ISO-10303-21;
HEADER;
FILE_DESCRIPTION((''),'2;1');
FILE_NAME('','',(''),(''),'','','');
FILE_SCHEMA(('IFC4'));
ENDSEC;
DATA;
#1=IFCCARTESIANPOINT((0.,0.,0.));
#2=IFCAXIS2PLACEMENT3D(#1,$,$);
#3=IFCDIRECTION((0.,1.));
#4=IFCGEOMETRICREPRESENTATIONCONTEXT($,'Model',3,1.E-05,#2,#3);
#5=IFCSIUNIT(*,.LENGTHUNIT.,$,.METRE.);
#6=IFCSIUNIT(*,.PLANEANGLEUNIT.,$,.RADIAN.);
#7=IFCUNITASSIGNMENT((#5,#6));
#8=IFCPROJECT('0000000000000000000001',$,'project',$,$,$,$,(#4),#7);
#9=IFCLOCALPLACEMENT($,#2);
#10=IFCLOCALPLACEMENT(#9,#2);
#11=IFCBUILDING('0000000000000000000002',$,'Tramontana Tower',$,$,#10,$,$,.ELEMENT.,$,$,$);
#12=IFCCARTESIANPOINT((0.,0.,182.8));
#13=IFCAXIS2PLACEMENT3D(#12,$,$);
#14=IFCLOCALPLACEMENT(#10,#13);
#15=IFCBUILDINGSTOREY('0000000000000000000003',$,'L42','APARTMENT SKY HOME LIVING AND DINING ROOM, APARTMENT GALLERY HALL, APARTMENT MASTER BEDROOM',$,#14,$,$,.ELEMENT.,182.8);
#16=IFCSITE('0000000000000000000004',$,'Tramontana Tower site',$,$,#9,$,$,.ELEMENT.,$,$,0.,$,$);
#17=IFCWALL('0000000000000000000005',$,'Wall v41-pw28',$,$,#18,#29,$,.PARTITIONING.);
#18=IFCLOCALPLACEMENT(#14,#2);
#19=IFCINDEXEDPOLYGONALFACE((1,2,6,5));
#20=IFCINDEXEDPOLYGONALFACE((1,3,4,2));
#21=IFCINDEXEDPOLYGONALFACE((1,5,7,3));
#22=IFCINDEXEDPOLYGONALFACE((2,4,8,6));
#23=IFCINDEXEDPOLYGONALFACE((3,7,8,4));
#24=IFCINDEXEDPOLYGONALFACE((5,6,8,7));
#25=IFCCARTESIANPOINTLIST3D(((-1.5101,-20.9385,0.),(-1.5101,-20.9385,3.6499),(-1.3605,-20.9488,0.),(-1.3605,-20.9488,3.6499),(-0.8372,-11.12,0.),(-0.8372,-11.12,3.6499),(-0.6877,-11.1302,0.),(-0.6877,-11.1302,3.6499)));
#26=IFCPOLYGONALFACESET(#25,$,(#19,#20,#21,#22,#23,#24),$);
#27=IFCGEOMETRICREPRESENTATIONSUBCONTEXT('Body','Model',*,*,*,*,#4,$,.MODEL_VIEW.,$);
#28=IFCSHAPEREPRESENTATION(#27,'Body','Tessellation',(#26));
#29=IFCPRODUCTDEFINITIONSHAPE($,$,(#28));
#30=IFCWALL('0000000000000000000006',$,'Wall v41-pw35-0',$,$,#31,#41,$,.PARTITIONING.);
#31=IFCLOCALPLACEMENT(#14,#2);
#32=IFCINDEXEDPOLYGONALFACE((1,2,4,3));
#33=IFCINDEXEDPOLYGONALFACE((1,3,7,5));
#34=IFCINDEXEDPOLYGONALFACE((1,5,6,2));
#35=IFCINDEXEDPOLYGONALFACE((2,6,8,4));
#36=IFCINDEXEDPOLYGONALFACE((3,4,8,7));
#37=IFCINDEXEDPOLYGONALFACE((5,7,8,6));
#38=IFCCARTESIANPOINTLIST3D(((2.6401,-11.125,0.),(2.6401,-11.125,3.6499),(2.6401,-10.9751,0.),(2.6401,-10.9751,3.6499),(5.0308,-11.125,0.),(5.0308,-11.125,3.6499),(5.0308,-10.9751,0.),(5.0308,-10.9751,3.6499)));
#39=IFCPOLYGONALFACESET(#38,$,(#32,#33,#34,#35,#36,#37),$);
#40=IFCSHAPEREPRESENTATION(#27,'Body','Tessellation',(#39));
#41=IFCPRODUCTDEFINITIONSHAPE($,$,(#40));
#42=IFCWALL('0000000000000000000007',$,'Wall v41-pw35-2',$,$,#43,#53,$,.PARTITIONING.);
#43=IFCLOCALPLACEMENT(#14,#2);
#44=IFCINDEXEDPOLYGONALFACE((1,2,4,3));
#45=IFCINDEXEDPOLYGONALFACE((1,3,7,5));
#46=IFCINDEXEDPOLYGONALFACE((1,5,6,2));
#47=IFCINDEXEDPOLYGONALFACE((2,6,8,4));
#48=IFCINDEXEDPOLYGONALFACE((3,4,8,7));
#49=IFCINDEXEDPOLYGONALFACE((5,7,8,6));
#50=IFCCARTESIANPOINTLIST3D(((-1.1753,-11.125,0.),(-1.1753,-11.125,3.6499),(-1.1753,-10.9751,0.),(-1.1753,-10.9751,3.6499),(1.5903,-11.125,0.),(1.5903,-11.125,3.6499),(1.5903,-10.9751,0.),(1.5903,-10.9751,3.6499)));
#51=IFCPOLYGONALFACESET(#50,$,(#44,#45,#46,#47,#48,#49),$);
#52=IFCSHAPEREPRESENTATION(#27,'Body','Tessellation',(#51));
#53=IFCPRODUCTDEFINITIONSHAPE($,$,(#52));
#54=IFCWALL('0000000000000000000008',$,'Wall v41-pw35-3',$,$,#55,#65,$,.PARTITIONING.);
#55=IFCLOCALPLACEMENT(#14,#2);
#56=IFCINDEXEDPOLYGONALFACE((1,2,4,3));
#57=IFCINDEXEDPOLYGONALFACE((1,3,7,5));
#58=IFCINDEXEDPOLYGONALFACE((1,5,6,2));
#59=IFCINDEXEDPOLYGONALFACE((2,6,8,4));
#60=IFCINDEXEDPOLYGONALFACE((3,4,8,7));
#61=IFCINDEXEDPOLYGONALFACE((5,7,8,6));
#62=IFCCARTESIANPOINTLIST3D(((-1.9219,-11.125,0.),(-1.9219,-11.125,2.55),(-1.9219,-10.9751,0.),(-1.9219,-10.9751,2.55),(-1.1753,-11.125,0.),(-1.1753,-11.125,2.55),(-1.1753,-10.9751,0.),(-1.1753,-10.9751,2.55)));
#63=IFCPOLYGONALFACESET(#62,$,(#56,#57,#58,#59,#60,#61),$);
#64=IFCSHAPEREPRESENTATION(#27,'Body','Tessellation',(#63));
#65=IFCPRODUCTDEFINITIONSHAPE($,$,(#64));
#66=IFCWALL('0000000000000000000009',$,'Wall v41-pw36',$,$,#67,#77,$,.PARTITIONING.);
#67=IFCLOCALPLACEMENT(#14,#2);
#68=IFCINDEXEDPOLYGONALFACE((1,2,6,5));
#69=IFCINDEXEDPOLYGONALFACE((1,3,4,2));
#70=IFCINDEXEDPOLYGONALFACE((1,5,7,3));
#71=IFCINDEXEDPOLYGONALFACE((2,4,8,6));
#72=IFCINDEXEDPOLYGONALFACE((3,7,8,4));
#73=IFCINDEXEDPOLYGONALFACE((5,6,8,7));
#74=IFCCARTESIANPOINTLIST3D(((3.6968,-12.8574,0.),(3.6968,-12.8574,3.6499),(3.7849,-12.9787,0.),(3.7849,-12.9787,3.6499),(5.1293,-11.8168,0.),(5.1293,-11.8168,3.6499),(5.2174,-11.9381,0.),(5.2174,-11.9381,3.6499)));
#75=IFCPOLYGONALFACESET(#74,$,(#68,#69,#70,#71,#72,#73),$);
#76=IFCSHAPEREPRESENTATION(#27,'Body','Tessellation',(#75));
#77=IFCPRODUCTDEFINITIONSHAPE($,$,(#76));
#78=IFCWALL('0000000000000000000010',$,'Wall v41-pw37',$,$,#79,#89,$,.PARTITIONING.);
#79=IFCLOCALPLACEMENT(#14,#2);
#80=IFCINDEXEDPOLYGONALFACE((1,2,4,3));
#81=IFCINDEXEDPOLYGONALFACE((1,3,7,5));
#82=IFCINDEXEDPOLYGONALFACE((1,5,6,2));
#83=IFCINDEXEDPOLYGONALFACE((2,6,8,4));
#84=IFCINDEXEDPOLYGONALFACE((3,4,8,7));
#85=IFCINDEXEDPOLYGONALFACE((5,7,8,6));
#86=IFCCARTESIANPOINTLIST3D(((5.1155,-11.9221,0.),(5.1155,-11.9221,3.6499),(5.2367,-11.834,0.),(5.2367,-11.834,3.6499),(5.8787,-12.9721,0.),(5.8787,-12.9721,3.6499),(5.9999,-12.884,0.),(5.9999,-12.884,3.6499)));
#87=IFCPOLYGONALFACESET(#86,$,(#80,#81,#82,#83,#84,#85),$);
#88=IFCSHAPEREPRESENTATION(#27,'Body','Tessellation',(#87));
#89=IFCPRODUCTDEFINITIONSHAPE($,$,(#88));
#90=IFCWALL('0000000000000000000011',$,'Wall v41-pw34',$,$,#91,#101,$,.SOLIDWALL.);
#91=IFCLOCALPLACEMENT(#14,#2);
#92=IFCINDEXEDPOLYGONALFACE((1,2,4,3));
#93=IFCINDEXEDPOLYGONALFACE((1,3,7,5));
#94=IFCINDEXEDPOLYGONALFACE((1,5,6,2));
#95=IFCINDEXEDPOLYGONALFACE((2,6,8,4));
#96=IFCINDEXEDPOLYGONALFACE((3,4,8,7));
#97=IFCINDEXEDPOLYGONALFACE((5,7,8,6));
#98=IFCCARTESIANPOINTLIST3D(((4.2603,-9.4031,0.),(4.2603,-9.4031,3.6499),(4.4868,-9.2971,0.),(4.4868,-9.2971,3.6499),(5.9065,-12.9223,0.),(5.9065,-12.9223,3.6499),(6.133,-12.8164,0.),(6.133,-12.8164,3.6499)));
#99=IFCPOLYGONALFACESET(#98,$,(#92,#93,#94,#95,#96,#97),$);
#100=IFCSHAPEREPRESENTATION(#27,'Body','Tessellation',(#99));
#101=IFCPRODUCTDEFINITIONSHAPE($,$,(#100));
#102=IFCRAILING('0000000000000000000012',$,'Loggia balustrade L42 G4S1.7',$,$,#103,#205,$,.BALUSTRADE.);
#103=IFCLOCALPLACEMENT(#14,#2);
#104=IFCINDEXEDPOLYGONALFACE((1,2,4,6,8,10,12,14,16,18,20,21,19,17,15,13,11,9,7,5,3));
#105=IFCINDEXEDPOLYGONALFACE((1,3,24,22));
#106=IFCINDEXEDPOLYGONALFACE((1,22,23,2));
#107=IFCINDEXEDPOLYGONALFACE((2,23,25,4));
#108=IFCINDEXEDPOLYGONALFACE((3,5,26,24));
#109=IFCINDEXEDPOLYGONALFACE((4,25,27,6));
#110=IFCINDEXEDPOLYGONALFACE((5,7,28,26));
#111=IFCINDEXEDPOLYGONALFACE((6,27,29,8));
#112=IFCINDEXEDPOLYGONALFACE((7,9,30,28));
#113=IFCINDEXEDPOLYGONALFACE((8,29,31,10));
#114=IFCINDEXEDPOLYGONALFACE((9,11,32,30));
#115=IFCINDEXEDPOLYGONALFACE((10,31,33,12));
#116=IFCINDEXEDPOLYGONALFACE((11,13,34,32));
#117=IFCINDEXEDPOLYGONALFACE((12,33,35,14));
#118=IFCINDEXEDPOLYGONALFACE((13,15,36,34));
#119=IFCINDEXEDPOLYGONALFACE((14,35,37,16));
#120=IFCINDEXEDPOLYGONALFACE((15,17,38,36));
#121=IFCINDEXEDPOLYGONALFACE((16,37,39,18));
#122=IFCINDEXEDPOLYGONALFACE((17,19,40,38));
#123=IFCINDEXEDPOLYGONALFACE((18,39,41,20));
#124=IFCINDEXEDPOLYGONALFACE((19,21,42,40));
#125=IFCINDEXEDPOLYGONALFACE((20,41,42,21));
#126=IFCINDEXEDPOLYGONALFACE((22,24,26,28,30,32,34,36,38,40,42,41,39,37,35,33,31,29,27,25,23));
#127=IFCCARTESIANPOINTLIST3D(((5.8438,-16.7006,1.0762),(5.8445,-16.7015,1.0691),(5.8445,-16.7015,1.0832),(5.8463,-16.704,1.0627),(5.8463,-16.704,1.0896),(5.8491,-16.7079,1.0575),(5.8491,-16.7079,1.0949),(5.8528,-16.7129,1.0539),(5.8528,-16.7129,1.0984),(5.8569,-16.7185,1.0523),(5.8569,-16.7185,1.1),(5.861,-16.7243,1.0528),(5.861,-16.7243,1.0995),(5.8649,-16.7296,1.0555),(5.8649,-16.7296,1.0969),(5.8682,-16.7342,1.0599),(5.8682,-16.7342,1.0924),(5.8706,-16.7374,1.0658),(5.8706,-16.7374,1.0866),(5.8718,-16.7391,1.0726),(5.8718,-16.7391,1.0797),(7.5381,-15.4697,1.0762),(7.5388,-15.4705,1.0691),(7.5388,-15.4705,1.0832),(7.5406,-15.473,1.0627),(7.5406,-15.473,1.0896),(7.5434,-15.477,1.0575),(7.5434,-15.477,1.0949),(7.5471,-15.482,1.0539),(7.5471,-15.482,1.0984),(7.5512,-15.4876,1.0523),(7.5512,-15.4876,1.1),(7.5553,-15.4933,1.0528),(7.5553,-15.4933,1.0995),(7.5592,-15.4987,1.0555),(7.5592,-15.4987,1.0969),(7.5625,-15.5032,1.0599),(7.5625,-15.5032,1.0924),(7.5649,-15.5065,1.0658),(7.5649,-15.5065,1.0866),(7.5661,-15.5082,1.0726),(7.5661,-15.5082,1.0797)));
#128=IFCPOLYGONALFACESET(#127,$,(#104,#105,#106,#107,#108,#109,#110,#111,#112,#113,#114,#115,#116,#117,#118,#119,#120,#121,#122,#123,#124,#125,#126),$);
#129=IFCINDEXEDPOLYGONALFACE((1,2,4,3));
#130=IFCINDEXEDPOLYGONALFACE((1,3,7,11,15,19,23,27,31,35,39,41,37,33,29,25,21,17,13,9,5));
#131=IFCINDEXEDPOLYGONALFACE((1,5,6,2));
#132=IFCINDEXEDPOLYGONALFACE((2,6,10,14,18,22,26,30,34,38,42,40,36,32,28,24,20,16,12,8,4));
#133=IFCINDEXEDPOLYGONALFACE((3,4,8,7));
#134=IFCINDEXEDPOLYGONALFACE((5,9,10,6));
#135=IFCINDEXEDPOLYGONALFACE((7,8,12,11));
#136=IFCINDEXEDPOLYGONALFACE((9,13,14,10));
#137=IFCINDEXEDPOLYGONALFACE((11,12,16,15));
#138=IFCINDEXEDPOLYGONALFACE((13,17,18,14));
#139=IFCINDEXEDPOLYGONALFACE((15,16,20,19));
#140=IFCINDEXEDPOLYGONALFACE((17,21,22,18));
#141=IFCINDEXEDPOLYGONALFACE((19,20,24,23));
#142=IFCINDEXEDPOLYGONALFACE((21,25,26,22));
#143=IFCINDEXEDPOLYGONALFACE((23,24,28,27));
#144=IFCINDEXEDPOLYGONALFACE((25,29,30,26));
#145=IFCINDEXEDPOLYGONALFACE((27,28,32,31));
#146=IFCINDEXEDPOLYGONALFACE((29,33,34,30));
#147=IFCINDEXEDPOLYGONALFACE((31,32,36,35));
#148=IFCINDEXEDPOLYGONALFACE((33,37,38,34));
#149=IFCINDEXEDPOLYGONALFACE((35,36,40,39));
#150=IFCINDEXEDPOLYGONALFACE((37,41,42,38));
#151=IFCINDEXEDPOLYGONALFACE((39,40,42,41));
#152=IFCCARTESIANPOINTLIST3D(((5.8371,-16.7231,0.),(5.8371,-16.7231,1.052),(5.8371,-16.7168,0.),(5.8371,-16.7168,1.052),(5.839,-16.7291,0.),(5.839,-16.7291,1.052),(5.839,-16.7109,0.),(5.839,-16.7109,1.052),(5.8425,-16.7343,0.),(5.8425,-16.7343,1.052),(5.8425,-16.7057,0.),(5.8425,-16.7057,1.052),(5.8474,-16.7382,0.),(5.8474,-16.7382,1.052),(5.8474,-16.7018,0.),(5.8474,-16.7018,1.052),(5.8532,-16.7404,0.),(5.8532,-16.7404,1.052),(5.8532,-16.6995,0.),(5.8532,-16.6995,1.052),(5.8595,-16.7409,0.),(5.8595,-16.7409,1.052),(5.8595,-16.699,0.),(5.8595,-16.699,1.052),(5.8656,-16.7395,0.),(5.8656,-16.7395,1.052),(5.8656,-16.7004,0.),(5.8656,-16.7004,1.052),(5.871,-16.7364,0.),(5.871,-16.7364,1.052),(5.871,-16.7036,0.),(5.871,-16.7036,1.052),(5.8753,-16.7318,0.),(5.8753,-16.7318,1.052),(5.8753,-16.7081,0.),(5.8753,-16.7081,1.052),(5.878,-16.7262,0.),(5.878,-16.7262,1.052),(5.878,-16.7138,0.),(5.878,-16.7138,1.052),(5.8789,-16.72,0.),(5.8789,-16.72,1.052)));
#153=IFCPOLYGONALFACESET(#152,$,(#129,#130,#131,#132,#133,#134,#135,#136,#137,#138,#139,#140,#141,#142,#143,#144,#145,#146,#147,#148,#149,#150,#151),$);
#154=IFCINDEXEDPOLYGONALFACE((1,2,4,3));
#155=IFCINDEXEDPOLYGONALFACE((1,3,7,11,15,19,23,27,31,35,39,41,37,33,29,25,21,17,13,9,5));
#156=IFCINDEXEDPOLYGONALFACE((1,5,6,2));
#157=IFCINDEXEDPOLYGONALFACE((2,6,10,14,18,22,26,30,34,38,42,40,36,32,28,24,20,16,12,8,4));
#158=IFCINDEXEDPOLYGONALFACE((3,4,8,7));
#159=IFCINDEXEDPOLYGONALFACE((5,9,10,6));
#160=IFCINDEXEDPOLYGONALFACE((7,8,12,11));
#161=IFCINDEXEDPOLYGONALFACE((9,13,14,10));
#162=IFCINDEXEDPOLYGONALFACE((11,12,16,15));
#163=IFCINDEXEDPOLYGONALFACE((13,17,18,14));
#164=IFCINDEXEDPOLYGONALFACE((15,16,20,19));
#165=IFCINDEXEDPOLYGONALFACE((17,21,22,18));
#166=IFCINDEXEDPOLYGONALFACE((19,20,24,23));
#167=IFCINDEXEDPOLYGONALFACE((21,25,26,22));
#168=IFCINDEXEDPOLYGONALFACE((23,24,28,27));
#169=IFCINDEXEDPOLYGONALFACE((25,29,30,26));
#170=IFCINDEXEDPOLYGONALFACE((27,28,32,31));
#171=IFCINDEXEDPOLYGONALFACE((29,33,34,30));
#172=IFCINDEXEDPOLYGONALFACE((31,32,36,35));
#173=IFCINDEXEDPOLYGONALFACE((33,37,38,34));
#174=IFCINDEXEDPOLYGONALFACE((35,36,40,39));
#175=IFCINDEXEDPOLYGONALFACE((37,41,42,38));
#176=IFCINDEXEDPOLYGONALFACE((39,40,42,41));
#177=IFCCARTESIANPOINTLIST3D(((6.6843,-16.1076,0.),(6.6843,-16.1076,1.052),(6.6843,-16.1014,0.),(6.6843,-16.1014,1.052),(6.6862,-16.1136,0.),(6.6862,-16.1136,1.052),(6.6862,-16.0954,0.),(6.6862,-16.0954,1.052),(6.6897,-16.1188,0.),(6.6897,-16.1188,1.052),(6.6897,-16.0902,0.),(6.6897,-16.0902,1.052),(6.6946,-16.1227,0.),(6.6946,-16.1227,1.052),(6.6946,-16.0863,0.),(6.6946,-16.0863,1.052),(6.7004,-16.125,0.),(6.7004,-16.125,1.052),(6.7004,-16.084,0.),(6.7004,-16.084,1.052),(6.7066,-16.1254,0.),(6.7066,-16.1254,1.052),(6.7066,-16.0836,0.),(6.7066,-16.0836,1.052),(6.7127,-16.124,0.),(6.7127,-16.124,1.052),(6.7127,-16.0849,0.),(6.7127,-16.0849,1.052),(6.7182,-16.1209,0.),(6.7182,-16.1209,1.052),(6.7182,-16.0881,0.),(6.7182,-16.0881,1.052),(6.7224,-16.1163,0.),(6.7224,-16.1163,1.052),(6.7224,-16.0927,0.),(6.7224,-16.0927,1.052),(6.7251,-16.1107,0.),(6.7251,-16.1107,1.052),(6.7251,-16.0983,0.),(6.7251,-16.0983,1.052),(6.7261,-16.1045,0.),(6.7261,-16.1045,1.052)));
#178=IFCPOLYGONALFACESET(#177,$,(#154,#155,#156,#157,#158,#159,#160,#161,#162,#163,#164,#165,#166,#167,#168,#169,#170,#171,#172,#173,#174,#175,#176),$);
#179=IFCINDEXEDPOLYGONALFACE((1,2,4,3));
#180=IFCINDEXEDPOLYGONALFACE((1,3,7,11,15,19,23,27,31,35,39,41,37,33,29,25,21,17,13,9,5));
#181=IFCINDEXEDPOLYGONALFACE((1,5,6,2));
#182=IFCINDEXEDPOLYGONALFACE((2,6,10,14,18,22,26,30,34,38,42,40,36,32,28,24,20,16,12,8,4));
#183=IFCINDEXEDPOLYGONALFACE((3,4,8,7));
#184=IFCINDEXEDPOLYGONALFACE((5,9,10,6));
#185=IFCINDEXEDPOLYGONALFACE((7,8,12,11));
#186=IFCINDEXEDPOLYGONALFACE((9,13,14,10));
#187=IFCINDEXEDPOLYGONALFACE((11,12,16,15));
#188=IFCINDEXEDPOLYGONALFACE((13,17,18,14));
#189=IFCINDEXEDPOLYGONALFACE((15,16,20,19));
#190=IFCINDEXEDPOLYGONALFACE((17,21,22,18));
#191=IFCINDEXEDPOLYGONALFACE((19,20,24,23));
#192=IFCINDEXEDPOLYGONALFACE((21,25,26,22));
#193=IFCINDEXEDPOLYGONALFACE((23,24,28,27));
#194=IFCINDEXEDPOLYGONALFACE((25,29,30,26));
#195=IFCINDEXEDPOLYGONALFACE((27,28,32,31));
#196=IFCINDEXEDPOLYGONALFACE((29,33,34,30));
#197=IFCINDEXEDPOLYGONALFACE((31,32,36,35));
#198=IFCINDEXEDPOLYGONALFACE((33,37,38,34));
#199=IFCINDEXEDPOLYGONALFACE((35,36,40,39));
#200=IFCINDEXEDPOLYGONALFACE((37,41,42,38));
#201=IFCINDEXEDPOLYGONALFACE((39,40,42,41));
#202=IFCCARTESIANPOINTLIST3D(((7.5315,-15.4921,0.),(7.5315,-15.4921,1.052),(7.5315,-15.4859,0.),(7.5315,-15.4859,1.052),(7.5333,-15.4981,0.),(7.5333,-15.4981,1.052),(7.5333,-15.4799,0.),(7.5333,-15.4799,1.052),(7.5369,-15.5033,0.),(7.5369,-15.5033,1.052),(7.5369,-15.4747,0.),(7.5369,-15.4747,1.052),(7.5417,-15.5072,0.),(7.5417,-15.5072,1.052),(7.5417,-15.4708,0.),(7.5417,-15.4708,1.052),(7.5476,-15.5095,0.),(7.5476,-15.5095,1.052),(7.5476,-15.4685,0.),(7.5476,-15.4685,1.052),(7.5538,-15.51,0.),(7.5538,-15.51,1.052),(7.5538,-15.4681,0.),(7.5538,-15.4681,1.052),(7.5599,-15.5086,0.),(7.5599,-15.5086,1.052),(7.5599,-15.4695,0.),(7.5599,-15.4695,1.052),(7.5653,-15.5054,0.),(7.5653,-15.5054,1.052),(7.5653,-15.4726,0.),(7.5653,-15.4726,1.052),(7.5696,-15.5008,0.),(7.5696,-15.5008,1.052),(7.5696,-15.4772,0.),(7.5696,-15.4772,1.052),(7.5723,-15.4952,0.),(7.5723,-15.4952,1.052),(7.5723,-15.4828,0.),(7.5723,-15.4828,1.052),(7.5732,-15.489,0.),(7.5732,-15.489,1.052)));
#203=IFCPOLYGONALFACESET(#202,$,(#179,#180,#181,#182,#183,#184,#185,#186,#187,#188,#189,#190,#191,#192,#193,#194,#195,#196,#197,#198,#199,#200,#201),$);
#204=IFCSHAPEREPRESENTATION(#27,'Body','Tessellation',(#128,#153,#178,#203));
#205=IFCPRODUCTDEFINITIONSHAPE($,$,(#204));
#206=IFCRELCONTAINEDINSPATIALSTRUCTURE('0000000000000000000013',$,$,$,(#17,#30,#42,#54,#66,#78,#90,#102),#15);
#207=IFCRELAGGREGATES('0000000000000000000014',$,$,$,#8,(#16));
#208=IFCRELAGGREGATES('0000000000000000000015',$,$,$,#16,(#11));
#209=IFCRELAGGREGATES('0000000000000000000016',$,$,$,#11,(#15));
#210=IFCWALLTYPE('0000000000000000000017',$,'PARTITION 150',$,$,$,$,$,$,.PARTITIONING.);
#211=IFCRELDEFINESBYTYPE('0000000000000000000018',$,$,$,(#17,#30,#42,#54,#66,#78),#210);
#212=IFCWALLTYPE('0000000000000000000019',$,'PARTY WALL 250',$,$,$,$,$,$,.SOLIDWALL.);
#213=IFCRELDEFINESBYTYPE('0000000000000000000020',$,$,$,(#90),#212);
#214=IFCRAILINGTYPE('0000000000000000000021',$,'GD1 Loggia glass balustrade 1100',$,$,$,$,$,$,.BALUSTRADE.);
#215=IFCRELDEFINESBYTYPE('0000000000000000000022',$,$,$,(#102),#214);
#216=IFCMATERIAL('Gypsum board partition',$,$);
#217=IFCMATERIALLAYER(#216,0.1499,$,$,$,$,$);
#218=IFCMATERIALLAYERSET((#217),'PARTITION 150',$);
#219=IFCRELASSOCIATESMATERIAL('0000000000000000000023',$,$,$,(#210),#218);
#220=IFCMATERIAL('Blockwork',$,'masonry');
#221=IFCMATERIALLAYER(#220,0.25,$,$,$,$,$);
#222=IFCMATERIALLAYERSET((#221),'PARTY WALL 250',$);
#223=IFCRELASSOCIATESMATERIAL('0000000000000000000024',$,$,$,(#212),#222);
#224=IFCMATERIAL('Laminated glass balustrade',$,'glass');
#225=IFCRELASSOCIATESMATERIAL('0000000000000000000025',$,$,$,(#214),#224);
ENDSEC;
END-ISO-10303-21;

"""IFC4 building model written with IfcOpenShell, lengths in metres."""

from ifc_helpers import new_model, si_unit, direction, frame, frame_2d, origin, origin_2d, place, context, subcontext, project, spatial, rectangle, circle, extrude, material, layer, layer_set, type_object, element, save


model = new_model("IFC4")

# Units and contexts
model_context = context("Model", 3, precision=1e-05, world=origin(), true_north=direction((0.0, 1.0)))
body_context = subcontext(model_context, "Body", "Model", "MODEL_VIEW")
ifc_project = project(units=[si_unit("LENGTHUNIT", "METRE"), si_unit("PLANEANGLEUNIT", "RADIAN")], contexts=[model_context])

# Site, building, storey
site_placement = place(None, origin())
site = spatial("IfcSite", under=ifc_project, at=site_placement, Name="Tramontana Tower site", CompositionType="ELEMENT", RefElevation=0.0)
building_placement = place(site_placement, origin())
building = spatial("IfcBuilding", under=site, at=building_placement, Name="Tramontana Tower", CompositionType="ELEMENT")
storey_placement = place(building_placement, frame((0.0, 0.0, 182.8)))
storey = spatial("IfcBuildingStorey", under=building, at=storey_placement, Name="L42", Description="APARTMENT SKY HOME LIVING AND DINING ROOM, APARTMENT GALLERY HALL, APARTMENT MASTER BEDROOM", CompositionType="ELEMENT", Elevation=182.8)

# Wall
ifc_material_1 = material(Name="Gypsum board partition")
ifc_layer_1 = layer(ifc_material_1, 0.1499)
ifc_layer_set_1 = layer_set([ifc_layer_1], Name="PARTITION 150")
wall_type_1 = type_object("IfcWallType", Name="PARTITION 150", PredefinedType="PARTITIONING", material=ifc_layer_set_1)
wall_1_placement = place(storey_placement, frame((-0.7625, -11.125, 0.0), z_axis=(0.0, 0.0, 1.0), x_axis=(-0.068368, -0.99766, 0.0)))
element("IfcWall", 1, at=wall_1_placement, inside=storey, type_object=wall_type_1, Name="Wall v41-pw28", PredefinedType="PARTITIONING", context=body_context, shape_type="SweptSolid", body=[
    extrude(rectangle(XDim=9.8416, YDim=0.1499, at=frame_2d((4.9209, 0.0))), origin(), (0.0, 0.0, 1.0), 3.6499),
])

# Wall
wall_2_placement = place(storey_placement, frame((5.0308, -11.05, 0.0), z_axis=(0.0, 0.0, 1.0), x_axis=(-1.0, 0.0, 0.0)))
element("IfcWall", 2, at=wall_2_placement, inside=storey, type_object=wall_type_1, Name="Wall v41-pw35-0", PredefinedType="PARTITIONING", context=body_context, shape_type="SweptSolid", body=[
    extrude(rectangle(XDim=2.3906, YDim=0.1499, at=frame_2d((1.1953, 0.0))), origin(), (0.0, 0.0, 1.0), 3.6499),
])

# Walls
wall_3_placement = place(storey_placement, frame((1.5903, -11.05, 0.0), z_axis=(0.0, 0.0, 1.0), x_axis=(-1.0, 0.0, 0.0)))
element("IfcWall", 3, at=wall_3_placement, inside=storey, type_object=wall_type_1, Name="Wall v41-pw35-2", PredefinedType="PARTITIONING", context=body_context, shape_type="SweptSolid", body=[
    extrude(rectangle(XDim=2.7656, YDim=0.1499, at=frame_2d((1.3828, 0.0))), origin(), (0.0, 0.0, 1.0), 3.6499),
])
wall_4_placement = place(storey_placement, frame((-1.1753, -11.05, 0.0), z_axis=(0.0, 0.0, 1.0), x_axis=(-1.0, 0.0, 0.0)))
element("IfcWall", 4, at=wall_4_placement, inside=storey, type_object=wall_type_1, Name="Wall v41-pw35-3", PredefinedType="PARTITIONING", context=body_context, shape_type="SweptSolid", body=[
    extrude(rectangle(XDim=0.7466, YDim=0.1499, at=frame_2d((0.3733, 0.0))), origin(), (0.0, 0.0, 1.0), 2.55),
])
wall_5_placement = place(storey_placement, frame((5.1733, -11.8774, 0.0), z_axis=(0.0, 0.0, 1.0), x_axis=(-0.809058, -0.587729, 0.0)))
element("IfcWall", 5, at=wall_5_placement, inside=storey, type_object=wall_type_1, Name="Wall v41-pw36", PredefinedType="PARTITIONING", context=body_context, shape_type="SweptSolid", body=[
    extrude(rectangle(XDim=1.7705, YDim=0.1499, at=frame_2d((0.8853, 0.0))), origin(), (0.0, 0.0, 1.0), 3.6499),
])
wall_6_placement = place(storey_placement, frame((5.9392, -12.928, 0.0), z_axis=(0.0, 0.0, 1.0), x_axis=(-0.587926, 0.808915, 0.0)))
element("IfcWall", 6, at=wall_6_placement, inside=storey, type_object=wall_type_1, Name="Wall v41-pw37", PredefinedType="PARTITIONING", context=body_context, shape_type="SweptSolid", body=[
    extrude(rectangle(XDim=1.2981, YDim=0.1499, at=frame_2d((0.6489, 0.0))), origin(), (0.0, 0.0, 1.0), 3.6499),
])
ifc_material_2 = material(Name="Blockwork", Category="masonry")
ifc_layer_2 = layer(ifc_material_2, 0.25)
ifc_layer_set_2 = layer_set([ifc_layer_2], Name="PARTY WALL 250")
wall_type_2 = type_object("IfcWallType", Name="PARTY WALL 250", PredefinedType="SOLIDWALL", material=ifc_layer_set_2)
wall_7_placement = place(storey_placement, frame((4.3735, -9.3501, 0.0), z_axis=(0.0, 0.0, 1.0), x_axis=(0.423711, -0.905797, 0.0)))
element("IfcWall", 7, at=wall_7_placement, inside=storey, type_object=wall_type_2, Name="Wall v41-pw34", PredefinedType="SOLIDWALL", context=body_context, shape_type="SweptSolid", body=[
    extrude(rectangle(XDim=3.8853, YDim=0.25, at=frame_2d((1.9426, 0.0))), origin(), (0.0, 0.0, 1.0), 3.6499),
])

# Railing
ifc_material_3 = material(Name="Laminated glass balustrade", Category="glass")
railing_type = type_object("IfcRailingType", Name="GD1 Loggia glass balustrade 1100", PredefinedType="BALUSTRADE", material=ifc_material_3)
railing_placement = place(storey_placement, frame((5.8579, -16.72, 0.0)))
element("IfcRailing", 8, at=railing_placement, inside=storey, type_object=railing_type, Name="Loggia balustrade L42 G4S1.7", PredefinedType="BALUSTRADE", context=body_context, shape_type="SweptSolid", body=[
    extrude(circle(Radius=0.0239, at=origin_2d()), frame((0.0, 0.0, 1.0762), z_axis=(0.809028, 0.58777, 0.0), x_axis=(-0.58777, 0.809028, 0.0)), (0.0, 0.0, 1.0), 2.0942),
    extrude(circle(Radius=0.021, at=origin_2d()), origin(), (0.0, 0.0, 1.0), 1.052),
    extrude(circle(Radius=0.021, at=origin_2d()), frame((0.8472, 0.6155, 0.0)), (0.0, 0.0, 1.0), 1.052),
    extrude(circle(Radius=0.021, at=origin_2d()), frame((1.6943, 1.231, 0.0)), (0.0, 0.0, 1.0), 1.052),
])

save(model, "model.ifc")
